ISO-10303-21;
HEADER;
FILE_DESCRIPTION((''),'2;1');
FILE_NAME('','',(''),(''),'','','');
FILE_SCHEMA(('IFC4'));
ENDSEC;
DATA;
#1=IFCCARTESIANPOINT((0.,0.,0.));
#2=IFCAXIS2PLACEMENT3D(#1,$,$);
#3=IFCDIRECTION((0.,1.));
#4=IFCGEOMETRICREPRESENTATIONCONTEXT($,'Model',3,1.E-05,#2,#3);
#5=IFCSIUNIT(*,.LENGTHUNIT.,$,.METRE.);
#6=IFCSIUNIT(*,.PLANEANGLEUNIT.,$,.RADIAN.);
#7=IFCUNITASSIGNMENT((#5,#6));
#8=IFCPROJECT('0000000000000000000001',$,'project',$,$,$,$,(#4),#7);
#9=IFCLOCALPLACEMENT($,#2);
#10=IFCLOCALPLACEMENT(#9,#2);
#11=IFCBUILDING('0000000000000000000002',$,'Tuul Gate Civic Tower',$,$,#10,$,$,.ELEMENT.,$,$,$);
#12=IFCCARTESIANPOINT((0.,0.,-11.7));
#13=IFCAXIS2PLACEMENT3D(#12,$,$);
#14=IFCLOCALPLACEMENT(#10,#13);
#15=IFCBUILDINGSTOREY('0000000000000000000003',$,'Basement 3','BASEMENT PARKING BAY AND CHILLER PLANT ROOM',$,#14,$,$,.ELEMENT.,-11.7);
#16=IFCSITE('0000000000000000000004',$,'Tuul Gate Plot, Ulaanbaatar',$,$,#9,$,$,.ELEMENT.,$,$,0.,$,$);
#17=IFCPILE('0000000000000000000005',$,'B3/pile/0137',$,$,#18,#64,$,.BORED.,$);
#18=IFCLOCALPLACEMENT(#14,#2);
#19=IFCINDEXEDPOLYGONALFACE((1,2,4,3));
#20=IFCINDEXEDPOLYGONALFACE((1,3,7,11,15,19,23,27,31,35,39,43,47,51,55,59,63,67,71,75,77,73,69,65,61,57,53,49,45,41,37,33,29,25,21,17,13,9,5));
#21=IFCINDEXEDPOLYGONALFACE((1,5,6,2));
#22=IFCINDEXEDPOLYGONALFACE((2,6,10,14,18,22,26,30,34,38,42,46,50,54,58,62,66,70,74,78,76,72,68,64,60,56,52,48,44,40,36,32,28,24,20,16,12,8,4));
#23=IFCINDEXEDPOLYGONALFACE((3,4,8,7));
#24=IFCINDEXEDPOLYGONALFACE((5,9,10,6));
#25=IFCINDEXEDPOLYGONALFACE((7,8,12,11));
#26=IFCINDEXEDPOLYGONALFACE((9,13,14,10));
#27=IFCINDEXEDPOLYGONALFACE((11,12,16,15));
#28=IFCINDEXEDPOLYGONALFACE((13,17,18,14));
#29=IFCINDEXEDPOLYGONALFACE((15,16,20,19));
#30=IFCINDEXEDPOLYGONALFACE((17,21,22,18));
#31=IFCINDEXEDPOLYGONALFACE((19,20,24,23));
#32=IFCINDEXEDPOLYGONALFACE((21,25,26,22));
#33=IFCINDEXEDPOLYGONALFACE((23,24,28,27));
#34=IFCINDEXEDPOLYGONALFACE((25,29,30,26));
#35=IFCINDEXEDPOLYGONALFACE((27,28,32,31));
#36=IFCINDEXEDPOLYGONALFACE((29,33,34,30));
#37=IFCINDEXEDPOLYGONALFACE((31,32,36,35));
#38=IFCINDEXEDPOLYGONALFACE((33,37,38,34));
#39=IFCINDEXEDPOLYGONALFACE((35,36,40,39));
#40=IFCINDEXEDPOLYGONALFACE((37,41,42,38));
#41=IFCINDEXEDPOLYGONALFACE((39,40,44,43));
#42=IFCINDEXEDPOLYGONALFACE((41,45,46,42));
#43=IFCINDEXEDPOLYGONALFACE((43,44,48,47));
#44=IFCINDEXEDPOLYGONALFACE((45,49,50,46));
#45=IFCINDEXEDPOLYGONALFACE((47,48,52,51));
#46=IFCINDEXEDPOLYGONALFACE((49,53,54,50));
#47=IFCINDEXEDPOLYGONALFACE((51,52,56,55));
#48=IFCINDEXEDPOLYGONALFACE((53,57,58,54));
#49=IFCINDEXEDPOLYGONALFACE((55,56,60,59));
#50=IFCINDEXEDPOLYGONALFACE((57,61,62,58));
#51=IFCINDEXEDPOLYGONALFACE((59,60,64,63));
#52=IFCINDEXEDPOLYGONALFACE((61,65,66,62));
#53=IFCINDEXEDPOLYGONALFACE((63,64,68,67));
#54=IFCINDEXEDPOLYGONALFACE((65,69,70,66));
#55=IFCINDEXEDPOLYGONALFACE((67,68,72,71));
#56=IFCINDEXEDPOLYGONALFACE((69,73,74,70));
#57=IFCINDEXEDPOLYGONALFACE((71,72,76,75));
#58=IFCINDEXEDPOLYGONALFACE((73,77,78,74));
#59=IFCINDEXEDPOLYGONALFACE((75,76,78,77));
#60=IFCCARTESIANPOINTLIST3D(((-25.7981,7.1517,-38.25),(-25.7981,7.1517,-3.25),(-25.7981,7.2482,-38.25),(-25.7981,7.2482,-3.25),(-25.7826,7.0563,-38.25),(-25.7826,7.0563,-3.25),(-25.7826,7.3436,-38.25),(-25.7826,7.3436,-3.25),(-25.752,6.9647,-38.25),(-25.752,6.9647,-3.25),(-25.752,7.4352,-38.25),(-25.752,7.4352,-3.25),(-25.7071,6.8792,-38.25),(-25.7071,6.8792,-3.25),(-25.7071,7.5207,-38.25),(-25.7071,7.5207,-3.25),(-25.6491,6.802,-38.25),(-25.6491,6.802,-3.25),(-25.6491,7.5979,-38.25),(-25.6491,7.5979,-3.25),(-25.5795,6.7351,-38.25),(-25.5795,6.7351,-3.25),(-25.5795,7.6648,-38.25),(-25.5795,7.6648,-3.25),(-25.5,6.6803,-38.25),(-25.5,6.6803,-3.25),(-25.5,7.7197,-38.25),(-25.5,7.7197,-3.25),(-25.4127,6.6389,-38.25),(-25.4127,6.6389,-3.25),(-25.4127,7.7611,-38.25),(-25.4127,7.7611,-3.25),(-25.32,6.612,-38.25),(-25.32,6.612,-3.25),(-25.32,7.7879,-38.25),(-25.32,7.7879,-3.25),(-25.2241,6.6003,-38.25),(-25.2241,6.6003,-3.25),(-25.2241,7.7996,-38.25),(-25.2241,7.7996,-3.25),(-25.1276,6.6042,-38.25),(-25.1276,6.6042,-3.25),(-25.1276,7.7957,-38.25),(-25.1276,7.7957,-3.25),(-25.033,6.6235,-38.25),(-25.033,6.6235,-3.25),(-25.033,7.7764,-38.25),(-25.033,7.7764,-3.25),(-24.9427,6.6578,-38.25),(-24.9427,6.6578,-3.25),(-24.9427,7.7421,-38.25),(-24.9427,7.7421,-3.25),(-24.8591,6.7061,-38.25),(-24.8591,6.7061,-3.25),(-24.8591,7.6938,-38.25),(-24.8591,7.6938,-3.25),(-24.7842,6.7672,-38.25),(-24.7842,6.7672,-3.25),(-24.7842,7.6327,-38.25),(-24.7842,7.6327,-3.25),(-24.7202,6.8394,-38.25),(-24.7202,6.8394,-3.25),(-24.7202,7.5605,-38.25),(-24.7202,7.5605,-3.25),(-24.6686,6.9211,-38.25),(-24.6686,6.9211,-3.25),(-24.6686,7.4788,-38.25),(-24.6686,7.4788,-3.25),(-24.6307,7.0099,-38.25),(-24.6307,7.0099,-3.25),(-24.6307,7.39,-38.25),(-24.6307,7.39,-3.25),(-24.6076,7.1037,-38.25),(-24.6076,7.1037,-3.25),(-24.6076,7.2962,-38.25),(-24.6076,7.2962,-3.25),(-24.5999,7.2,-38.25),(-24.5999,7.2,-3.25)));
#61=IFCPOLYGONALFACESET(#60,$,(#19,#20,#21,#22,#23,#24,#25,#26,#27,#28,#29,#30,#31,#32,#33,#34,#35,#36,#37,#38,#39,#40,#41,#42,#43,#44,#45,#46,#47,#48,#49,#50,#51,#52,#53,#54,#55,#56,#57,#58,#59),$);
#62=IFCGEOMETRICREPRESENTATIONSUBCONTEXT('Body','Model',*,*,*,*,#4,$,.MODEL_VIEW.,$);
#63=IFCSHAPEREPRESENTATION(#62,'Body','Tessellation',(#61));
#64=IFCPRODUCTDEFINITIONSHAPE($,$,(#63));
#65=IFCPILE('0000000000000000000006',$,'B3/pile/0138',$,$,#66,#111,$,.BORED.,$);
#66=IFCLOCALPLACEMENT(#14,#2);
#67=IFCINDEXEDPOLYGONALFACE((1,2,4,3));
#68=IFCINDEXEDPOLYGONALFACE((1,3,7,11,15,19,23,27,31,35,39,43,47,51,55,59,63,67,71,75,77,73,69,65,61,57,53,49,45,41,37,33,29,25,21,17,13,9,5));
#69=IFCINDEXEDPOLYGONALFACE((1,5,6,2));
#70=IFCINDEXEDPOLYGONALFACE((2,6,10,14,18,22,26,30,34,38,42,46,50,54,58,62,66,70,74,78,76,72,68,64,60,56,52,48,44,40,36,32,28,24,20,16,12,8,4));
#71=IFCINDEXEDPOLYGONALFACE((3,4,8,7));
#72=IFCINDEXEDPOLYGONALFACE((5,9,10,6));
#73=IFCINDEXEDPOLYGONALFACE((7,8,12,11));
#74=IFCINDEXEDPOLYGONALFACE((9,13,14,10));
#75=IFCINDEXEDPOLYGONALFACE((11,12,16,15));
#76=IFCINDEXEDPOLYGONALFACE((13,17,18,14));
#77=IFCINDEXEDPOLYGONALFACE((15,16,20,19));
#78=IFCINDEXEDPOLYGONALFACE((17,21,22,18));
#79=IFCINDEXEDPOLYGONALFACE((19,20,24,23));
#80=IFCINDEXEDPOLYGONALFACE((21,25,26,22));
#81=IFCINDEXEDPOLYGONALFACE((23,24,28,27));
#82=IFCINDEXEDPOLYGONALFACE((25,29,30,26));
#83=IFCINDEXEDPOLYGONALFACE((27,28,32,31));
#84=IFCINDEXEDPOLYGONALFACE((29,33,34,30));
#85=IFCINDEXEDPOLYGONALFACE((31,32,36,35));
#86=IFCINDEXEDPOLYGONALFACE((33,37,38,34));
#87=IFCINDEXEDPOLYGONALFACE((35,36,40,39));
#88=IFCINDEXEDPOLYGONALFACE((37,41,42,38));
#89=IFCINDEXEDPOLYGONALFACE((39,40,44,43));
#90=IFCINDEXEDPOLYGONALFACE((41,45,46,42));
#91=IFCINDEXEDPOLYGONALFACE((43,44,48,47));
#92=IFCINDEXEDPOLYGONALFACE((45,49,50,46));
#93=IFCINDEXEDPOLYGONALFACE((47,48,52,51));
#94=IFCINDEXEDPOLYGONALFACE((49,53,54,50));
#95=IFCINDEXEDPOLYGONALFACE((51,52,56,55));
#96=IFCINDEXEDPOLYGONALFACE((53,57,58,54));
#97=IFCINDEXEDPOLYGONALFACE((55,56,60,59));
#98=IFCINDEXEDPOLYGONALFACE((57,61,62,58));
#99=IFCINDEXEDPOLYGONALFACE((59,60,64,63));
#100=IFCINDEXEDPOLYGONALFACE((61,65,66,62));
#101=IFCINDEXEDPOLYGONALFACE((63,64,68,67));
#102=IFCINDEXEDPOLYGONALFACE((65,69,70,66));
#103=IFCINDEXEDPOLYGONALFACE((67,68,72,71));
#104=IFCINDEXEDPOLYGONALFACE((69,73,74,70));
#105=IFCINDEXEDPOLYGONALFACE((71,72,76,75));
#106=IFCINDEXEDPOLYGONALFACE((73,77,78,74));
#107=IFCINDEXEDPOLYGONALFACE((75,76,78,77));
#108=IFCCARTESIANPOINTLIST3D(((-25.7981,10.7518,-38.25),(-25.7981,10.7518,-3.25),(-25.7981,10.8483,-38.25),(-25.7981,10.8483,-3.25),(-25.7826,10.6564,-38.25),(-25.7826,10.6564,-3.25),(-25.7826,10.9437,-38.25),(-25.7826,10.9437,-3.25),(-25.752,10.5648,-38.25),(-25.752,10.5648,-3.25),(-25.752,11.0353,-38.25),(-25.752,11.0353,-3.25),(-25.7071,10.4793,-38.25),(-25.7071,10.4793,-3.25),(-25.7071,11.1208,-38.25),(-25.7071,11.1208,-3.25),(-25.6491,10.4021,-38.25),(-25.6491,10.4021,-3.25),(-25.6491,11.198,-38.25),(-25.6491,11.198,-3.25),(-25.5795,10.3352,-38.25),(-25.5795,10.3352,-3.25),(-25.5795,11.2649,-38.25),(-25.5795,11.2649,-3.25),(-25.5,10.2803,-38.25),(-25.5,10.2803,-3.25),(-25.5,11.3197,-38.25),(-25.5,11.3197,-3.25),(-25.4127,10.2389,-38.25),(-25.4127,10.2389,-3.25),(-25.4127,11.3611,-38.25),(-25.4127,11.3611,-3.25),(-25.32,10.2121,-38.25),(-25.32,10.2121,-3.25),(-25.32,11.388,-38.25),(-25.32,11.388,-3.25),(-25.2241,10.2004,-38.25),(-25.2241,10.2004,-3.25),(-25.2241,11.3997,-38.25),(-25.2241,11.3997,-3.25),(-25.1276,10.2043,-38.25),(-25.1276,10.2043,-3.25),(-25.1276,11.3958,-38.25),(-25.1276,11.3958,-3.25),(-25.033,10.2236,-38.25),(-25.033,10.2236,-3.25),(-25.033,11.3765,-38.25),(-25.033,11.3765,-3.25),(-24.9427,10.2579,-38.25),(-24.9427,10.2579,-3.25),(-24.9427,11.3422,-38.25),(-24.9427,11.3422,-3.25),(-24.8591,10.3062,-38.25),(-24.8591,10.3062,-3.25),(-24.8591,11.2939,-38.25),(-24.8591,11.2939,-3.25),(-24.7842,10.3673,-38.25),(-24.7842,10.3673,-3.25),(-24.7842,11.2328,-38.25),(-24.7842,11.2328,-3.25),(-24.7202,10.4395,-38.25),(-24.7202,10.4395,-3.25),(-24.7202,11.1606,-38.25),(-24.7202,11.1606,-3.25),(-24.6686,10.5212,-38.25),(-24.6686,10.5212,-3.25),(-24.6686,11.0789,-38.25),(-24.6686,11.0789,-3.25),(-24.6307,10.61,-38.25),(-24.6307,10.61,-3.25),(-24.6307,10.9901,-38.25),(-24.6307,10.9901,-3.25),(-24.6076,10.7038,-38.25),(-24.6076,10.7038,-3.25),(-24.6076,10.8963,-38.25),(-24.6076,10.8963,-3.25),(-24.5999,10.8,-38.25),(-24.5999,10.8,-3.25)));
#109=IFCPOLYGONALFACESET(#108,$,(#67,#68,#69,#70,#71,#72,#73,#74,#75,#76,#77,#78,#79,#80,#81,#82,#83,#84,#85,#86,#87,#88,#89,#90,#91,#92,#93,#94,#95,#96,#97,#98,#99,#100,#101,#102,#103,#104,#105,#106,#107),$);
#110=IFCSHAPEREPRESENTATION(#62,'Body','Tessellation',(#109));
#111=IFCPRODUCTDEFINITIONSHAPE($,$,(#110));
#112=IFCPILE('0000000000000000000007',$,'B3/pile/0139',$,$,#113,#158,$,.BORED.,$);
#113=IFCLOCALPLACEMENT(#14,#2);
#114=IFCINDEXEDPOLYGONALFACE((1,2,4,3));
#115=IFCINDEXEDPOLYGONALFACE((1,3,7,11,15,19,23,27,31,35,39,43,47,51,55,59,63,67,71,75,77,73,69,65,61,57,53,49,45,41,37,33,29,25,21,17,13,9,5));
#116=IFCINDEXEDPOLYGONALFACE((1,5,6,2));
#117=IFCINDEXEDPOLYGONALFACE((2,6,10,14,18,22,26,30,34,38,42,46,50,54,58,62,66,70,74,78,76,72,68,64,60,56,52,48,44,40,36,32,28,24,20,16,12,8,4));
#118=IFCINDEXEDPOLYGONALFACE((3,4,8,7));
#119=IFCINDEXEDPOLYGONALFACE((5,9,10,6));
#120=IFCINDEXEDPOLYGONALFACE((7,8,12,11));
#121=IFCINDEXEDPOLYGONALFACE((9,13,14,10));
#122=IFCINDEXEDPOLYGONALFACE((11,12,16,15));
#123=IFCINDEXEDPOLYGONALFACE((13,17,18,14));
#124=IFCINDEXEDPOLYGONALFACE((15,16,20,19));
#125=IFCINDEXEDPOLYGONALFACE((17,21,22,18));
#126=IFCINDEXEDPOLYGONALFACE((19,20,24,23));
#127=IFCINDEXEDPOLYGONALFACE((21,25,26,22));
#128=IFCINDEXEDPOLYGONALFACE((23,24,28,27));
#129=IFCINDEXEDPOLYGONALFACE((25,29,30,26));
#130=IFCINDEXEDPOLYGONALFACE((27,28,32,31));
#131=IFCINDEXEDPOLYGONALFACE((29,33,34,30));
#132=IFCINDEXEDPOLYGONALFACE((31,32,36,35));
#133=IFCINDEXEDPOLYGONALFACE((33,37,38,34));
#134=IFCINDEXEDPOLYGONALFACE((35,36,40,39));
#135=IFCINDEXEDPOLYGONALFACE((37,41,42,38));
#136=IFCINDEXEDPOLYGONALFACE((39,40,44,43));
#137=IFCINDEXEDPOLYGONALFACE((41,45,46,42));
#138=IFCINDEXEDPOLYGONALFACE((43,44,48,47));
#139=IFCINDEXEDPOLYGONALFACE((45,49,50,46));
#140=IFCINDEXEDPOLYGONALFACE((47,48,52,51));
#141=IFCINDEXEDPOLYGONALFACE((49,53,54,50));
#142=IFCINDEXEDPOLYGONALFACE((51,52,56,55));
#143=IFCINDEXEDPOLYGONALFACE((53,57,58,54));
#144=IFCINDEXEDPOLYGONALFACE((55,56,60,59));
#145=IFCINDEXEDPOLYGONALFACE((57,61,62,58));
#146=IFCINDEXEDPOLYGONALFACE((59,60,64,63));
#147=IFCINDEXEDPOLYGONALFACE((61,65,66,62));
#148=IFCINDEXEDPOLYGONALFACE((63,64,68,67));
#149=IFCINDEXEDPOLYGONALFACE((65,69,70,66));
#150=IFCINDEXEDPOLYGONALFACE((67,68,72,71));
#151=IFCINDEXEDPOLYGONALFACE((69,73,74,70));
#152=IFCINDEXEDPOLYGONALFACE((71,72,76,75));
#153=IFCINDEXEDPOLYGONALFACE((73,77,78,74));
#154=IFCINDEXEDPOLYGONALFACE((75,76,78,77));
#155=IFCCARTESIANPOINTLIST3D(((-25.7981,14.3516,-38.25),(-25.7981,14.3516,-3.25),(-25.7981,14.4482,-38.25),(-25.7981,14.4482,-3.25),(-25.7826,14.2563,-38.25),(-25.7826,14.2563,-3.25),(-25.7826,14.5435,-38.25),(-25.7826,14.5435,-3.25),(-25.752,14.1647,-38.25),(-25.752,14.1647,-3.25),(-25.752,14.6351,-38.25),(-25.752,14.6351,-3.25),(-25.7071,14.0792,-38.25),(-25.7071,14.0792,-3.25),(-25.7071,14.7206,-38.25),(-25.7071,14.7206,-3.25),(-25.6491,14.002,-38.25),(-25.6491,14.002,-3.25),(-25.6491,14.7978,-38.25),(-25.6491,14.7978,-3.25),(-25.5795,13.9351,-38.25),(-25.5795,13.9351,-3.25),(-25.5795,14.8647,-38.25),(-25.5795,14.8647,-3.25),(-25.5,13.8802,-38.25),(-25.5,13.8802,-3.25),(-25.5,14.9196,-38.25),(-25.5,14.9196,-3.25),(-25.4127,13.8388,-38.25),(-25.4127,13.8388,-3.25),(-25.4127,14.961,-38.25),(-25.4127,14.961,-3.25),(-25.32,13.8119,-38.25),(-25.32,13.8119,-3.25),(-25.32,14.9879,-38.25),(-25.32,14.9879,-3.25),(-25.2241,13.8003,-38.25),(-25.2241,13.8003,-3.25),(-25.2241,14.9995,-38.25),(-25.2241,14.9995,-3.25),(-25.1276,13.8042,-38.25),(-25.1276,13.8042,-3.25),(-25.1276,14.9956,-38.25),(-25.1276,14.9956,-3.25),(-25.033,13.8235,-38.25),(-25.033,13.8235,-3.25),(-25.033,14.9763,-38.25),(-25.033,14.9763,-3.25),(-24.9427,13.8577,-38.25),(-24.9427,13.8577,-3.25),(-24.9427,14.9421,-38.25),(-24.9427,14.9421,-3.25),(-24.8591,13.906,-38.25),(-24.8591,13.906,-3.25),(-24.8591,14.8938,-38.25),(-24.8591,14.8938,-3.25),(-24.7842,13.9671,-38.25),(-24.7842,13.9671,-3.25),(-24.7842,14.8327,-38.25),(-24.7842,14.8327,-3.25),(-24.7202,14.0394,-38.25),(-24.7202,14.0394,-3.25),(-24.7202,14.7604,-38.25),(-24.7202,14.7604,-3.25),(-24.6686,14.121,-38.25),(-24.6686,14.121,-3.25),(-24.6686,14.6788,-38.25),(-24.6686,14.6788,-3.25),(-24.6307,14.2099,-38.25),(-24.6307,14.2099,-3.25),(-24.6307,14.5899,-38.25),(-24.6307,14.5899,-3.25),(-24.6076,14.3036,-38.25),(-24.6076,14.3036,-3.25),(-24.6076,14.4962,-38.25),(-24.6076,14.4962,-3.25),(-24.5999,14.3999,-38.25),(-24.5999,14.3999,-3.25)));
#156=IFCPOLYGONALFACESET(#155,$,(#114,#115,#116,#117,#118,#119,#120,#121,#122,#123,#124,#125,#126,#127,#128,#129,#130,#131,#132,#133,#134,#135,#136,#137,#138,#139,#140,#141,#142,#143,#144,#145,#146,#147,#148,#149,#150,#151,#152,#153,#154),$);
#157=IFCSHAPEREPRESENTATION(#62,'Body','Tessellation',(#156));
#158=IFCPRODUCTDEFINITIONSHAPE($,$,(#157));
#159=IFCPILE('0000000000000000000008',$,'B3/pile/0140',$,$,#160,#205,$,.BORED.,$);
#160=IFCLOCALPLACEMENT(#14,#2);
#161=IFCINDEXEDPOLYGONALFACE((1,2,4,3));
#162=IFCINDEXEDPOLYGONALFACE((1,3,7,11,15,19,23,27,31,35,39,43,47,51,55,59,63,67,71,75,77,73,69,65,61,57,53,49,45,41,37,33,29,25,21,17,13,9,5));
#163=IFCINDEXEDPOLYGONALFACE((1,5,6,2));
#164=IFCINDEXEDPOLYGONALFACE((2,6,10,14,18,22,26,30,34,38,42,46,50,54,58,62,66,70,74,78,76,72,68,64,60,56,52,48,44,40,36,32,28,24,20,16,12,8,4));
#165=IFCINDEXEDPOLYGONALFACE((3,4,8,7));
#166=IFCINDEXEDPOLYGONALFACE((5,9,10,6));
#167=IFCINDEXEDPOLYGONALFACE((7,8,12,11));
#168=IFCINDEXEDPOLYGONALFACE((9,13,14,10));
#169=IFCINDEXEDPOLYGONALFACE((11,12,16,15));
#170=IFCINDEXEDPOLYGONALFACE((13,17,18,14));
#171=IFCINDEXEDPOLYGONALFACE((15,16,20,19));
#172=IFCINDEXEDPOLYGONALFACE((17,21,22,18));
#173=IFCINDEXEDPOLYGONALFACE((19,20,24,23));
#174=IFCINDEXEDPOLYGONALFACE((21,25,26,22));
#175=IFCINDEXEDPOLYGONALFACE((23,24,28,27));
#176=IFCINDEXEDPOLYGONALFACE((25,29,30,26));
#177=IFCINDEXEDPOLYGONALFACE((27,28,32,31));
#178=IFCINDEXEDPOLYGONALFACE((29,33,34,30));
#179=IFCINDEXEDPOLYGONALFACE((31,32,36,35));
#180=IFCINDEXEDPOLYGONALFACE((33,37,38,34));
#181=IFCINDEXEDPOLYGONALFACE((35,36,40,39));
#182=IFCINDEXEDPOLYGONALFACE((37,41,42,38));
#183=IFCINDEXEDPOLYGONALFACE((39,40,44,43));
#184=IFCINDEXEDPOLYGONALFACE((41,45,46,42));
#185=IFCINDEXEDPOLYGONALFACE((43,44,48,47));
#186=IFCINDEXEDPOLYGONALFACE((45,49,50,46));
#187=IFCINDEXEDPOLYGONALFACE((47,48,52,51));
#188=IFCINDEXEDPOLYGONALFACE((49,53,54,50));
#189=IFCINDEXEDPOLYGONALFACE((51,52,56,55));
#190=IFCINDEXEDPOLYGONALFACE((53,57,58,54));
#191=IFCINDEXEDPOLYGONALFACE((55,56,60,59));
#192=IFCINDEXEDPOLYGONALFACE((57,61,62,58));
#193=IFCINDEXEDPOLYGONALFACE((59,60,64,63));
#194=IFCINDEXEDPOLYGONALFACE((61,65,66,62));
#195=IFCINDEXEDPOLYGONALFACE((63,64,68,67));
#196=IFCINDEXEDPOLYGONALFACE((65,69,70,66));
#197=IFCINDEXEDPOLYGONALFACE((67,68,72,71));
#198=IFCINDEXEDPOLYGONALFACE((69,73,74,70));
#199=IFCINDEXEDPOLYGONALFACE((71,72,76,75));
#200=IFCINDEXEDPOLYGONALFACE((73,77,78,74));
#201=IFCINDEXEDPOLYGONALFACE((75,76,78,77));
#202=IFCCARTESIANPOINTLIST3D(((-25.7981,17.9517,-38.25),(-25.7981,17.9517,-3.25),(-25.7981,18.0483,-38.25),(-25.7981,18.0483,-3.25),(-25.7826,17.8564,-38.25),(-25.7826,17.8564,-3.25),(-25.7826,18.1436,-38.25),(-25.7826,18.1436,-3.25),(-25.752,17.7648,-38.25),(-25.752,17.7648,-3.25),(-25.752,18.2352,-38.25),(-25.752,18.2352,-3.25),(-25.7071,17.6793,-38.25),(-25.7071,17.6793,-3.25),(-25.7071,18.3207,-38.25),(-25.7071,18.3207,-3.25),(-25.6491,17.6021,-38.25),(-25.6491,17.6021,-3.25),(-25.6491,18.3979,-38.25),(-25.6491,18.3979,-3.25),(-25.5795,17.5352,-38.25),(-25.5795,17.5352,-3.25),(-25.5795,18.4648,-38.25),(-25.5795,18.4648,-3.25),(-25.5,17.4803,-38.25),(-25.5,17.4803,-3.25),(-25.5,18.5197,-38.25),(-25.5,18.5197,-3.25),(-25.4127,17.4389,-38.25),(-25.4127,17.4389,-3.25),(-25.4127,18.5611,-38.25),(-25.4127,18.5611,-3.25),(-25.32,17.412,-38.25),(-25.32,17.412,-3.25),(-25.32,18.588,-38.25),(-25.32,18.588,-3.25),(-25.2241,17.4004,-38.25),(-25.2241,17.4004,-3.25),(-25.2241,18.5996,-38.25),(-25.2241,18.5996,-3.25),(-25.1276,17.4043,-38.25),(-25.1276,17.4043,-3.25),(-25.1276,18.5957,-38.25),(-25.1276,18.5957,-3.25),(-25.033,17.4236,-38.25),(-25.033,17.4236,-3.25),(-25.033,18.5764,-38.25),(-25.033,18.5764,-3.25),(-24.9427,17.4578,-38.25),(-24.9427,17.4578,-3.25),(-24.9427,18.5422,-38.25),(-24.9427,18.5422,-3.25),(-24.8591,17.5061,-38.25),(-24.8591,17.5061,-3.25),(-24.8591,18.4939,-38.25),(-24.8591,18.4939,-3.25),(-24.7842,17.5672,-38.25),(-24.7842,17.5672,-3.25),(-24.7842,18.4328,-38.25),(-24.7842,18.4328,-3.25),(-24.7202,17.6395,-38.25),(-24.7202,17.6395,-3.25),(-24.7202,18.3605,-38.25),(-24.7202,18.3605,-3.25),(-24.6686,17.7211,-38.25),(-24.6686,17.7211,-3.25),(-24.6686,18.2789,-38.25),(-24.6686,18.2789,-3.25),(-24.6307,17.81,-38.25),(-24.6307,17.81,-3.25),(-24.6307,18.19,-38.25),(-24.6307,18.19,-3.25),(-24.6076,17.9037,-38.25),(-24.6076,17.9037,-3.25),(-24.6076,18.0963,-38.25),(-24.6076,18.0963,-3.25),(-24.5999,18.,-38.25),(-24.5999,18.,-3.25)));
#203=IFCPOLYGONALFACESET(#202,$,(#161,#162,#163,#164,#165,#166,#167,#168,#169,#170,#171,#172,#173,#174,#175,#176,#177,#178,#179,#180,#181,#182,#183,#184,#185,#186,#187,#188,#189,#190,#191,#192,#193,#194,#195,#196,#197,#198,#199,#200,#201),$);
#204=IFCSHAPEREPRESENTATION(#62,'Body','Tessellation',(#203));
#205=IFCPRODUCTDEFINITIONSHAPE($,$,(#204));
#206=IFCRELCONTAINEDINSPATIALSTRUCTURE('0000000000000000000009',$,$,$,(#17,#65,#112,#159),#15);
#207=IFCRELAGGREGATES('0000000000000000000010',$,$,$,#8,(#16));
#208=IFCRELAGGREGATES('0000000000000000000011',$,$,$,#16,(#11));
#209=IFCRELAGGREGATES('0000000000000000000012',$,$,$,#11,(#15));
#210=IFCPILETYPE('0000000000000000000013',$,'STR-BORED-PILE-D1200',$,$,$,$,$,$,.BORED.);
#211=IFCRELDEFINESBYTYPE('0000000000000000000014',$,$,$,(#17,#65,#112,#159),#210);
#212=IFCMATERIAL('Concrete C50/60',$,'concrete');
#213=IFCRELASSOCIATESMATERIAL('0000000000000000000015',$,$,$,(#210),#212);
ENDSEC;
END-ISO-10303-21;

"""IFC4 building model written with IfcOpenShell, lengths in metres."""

from ifc_helpers import new_model, si_unit, direction, frame, origin, origin_2d, place, context, subcontext, project, spatial, circle, extrude, material, material_profile, profile_set, type_object, element, save


model = new_model("IFC4")

# Units and contexts
model_context = context("Model", 3, precision=1e-05, world=origin(), true_north=direction((0.0, 1.0)))
body_context = subcontext(model_context, "Body", "Model", "MODEL_VIEW")
ifc_project = project(units=[si_unit("LENGTHUNIT", "METRE"), si_unit("PLANEANGLEUNIT", "RADIAN")], contexts=[model_context])

# Site, building, storey
site_placement = place(None, origin())
site = spatial("IfcSite", under=ifc_project, at=site_placement, Name="Tuul Gate Plot, Ulaanbaatar", CompositionType="ELEMENT", RefElevation=0.0)
building_placement = place(site_placement, origin())
building = spatial("IfcBuilding", under=site, at=building_placement, Name="Tuul Gate Civic Tower", CompositionType="ELEMENT")
storey_placement = place(building_placement, frame((0.0, 0.0, -11.7)))
storey = spatial("IfcBuildingStorey", under=building, at=storey_placement, Name="Basement 3", Description="BASEMENT PARKING BAY AND CHILLER PLANT ROOM", CompositionType="ELEMENT", Elevation=-11.7)

# Piles
ifc_material_1 = material(Name="Concrete C50/60", Category="concrete")
ifc_material_profile_1 = material_profile(ifc_material_1, circle(Radius=0.6001, at=origin_2d()), Name="PILE1200")
ifc_profile_set_1 = profile_set([ifc_material_profile_1], Name="Concrete C50/60")
pile_type = type_object("IfcPileType", Name="STR-BORED-PILE-D1200", PredefinedType="BORED", material=ifc_profile_set_1)
for number, where, z_axis, x_axis, name in (
    (1, (-25.2, 7.2, -3.25), (0.0, 0.0, -1.0), (1.0, 0.0, 0.0), "B3/pile/0137"),
    (2, (-25.2, 10.8, -3.25), (0.0, 0.0, -1.0), (1.0, 0.0, 0.0), "B3/pile/0138"),
    (3, (-25.2, 14.3999, -3.25), (0.0, 0.0, -1.0), (1.0, 0.0, 0.0), "B3/pile/0139"),
    (4, (-25.2, 18.0, -3.25), (0.0, 0.0, -1.0), (1.0, 0.0, 0.0), "B3/pile/0140"),
):
    element("IfcPile", number, at=place(storey_placement, frame(where, z_axis=z_axis, x_axis=x_axis)), inside=storey, type_object=pile_type, Name=name, PredefinedType="BORED", context=body_context, shape_type="SweptSolid", body=[
        extrude(circle(Radius=0.6001, at=origin_2d()), origin(), (0.0, 0.0, 1.0), 35.0),
    ])

save(model, "model.ifc")
